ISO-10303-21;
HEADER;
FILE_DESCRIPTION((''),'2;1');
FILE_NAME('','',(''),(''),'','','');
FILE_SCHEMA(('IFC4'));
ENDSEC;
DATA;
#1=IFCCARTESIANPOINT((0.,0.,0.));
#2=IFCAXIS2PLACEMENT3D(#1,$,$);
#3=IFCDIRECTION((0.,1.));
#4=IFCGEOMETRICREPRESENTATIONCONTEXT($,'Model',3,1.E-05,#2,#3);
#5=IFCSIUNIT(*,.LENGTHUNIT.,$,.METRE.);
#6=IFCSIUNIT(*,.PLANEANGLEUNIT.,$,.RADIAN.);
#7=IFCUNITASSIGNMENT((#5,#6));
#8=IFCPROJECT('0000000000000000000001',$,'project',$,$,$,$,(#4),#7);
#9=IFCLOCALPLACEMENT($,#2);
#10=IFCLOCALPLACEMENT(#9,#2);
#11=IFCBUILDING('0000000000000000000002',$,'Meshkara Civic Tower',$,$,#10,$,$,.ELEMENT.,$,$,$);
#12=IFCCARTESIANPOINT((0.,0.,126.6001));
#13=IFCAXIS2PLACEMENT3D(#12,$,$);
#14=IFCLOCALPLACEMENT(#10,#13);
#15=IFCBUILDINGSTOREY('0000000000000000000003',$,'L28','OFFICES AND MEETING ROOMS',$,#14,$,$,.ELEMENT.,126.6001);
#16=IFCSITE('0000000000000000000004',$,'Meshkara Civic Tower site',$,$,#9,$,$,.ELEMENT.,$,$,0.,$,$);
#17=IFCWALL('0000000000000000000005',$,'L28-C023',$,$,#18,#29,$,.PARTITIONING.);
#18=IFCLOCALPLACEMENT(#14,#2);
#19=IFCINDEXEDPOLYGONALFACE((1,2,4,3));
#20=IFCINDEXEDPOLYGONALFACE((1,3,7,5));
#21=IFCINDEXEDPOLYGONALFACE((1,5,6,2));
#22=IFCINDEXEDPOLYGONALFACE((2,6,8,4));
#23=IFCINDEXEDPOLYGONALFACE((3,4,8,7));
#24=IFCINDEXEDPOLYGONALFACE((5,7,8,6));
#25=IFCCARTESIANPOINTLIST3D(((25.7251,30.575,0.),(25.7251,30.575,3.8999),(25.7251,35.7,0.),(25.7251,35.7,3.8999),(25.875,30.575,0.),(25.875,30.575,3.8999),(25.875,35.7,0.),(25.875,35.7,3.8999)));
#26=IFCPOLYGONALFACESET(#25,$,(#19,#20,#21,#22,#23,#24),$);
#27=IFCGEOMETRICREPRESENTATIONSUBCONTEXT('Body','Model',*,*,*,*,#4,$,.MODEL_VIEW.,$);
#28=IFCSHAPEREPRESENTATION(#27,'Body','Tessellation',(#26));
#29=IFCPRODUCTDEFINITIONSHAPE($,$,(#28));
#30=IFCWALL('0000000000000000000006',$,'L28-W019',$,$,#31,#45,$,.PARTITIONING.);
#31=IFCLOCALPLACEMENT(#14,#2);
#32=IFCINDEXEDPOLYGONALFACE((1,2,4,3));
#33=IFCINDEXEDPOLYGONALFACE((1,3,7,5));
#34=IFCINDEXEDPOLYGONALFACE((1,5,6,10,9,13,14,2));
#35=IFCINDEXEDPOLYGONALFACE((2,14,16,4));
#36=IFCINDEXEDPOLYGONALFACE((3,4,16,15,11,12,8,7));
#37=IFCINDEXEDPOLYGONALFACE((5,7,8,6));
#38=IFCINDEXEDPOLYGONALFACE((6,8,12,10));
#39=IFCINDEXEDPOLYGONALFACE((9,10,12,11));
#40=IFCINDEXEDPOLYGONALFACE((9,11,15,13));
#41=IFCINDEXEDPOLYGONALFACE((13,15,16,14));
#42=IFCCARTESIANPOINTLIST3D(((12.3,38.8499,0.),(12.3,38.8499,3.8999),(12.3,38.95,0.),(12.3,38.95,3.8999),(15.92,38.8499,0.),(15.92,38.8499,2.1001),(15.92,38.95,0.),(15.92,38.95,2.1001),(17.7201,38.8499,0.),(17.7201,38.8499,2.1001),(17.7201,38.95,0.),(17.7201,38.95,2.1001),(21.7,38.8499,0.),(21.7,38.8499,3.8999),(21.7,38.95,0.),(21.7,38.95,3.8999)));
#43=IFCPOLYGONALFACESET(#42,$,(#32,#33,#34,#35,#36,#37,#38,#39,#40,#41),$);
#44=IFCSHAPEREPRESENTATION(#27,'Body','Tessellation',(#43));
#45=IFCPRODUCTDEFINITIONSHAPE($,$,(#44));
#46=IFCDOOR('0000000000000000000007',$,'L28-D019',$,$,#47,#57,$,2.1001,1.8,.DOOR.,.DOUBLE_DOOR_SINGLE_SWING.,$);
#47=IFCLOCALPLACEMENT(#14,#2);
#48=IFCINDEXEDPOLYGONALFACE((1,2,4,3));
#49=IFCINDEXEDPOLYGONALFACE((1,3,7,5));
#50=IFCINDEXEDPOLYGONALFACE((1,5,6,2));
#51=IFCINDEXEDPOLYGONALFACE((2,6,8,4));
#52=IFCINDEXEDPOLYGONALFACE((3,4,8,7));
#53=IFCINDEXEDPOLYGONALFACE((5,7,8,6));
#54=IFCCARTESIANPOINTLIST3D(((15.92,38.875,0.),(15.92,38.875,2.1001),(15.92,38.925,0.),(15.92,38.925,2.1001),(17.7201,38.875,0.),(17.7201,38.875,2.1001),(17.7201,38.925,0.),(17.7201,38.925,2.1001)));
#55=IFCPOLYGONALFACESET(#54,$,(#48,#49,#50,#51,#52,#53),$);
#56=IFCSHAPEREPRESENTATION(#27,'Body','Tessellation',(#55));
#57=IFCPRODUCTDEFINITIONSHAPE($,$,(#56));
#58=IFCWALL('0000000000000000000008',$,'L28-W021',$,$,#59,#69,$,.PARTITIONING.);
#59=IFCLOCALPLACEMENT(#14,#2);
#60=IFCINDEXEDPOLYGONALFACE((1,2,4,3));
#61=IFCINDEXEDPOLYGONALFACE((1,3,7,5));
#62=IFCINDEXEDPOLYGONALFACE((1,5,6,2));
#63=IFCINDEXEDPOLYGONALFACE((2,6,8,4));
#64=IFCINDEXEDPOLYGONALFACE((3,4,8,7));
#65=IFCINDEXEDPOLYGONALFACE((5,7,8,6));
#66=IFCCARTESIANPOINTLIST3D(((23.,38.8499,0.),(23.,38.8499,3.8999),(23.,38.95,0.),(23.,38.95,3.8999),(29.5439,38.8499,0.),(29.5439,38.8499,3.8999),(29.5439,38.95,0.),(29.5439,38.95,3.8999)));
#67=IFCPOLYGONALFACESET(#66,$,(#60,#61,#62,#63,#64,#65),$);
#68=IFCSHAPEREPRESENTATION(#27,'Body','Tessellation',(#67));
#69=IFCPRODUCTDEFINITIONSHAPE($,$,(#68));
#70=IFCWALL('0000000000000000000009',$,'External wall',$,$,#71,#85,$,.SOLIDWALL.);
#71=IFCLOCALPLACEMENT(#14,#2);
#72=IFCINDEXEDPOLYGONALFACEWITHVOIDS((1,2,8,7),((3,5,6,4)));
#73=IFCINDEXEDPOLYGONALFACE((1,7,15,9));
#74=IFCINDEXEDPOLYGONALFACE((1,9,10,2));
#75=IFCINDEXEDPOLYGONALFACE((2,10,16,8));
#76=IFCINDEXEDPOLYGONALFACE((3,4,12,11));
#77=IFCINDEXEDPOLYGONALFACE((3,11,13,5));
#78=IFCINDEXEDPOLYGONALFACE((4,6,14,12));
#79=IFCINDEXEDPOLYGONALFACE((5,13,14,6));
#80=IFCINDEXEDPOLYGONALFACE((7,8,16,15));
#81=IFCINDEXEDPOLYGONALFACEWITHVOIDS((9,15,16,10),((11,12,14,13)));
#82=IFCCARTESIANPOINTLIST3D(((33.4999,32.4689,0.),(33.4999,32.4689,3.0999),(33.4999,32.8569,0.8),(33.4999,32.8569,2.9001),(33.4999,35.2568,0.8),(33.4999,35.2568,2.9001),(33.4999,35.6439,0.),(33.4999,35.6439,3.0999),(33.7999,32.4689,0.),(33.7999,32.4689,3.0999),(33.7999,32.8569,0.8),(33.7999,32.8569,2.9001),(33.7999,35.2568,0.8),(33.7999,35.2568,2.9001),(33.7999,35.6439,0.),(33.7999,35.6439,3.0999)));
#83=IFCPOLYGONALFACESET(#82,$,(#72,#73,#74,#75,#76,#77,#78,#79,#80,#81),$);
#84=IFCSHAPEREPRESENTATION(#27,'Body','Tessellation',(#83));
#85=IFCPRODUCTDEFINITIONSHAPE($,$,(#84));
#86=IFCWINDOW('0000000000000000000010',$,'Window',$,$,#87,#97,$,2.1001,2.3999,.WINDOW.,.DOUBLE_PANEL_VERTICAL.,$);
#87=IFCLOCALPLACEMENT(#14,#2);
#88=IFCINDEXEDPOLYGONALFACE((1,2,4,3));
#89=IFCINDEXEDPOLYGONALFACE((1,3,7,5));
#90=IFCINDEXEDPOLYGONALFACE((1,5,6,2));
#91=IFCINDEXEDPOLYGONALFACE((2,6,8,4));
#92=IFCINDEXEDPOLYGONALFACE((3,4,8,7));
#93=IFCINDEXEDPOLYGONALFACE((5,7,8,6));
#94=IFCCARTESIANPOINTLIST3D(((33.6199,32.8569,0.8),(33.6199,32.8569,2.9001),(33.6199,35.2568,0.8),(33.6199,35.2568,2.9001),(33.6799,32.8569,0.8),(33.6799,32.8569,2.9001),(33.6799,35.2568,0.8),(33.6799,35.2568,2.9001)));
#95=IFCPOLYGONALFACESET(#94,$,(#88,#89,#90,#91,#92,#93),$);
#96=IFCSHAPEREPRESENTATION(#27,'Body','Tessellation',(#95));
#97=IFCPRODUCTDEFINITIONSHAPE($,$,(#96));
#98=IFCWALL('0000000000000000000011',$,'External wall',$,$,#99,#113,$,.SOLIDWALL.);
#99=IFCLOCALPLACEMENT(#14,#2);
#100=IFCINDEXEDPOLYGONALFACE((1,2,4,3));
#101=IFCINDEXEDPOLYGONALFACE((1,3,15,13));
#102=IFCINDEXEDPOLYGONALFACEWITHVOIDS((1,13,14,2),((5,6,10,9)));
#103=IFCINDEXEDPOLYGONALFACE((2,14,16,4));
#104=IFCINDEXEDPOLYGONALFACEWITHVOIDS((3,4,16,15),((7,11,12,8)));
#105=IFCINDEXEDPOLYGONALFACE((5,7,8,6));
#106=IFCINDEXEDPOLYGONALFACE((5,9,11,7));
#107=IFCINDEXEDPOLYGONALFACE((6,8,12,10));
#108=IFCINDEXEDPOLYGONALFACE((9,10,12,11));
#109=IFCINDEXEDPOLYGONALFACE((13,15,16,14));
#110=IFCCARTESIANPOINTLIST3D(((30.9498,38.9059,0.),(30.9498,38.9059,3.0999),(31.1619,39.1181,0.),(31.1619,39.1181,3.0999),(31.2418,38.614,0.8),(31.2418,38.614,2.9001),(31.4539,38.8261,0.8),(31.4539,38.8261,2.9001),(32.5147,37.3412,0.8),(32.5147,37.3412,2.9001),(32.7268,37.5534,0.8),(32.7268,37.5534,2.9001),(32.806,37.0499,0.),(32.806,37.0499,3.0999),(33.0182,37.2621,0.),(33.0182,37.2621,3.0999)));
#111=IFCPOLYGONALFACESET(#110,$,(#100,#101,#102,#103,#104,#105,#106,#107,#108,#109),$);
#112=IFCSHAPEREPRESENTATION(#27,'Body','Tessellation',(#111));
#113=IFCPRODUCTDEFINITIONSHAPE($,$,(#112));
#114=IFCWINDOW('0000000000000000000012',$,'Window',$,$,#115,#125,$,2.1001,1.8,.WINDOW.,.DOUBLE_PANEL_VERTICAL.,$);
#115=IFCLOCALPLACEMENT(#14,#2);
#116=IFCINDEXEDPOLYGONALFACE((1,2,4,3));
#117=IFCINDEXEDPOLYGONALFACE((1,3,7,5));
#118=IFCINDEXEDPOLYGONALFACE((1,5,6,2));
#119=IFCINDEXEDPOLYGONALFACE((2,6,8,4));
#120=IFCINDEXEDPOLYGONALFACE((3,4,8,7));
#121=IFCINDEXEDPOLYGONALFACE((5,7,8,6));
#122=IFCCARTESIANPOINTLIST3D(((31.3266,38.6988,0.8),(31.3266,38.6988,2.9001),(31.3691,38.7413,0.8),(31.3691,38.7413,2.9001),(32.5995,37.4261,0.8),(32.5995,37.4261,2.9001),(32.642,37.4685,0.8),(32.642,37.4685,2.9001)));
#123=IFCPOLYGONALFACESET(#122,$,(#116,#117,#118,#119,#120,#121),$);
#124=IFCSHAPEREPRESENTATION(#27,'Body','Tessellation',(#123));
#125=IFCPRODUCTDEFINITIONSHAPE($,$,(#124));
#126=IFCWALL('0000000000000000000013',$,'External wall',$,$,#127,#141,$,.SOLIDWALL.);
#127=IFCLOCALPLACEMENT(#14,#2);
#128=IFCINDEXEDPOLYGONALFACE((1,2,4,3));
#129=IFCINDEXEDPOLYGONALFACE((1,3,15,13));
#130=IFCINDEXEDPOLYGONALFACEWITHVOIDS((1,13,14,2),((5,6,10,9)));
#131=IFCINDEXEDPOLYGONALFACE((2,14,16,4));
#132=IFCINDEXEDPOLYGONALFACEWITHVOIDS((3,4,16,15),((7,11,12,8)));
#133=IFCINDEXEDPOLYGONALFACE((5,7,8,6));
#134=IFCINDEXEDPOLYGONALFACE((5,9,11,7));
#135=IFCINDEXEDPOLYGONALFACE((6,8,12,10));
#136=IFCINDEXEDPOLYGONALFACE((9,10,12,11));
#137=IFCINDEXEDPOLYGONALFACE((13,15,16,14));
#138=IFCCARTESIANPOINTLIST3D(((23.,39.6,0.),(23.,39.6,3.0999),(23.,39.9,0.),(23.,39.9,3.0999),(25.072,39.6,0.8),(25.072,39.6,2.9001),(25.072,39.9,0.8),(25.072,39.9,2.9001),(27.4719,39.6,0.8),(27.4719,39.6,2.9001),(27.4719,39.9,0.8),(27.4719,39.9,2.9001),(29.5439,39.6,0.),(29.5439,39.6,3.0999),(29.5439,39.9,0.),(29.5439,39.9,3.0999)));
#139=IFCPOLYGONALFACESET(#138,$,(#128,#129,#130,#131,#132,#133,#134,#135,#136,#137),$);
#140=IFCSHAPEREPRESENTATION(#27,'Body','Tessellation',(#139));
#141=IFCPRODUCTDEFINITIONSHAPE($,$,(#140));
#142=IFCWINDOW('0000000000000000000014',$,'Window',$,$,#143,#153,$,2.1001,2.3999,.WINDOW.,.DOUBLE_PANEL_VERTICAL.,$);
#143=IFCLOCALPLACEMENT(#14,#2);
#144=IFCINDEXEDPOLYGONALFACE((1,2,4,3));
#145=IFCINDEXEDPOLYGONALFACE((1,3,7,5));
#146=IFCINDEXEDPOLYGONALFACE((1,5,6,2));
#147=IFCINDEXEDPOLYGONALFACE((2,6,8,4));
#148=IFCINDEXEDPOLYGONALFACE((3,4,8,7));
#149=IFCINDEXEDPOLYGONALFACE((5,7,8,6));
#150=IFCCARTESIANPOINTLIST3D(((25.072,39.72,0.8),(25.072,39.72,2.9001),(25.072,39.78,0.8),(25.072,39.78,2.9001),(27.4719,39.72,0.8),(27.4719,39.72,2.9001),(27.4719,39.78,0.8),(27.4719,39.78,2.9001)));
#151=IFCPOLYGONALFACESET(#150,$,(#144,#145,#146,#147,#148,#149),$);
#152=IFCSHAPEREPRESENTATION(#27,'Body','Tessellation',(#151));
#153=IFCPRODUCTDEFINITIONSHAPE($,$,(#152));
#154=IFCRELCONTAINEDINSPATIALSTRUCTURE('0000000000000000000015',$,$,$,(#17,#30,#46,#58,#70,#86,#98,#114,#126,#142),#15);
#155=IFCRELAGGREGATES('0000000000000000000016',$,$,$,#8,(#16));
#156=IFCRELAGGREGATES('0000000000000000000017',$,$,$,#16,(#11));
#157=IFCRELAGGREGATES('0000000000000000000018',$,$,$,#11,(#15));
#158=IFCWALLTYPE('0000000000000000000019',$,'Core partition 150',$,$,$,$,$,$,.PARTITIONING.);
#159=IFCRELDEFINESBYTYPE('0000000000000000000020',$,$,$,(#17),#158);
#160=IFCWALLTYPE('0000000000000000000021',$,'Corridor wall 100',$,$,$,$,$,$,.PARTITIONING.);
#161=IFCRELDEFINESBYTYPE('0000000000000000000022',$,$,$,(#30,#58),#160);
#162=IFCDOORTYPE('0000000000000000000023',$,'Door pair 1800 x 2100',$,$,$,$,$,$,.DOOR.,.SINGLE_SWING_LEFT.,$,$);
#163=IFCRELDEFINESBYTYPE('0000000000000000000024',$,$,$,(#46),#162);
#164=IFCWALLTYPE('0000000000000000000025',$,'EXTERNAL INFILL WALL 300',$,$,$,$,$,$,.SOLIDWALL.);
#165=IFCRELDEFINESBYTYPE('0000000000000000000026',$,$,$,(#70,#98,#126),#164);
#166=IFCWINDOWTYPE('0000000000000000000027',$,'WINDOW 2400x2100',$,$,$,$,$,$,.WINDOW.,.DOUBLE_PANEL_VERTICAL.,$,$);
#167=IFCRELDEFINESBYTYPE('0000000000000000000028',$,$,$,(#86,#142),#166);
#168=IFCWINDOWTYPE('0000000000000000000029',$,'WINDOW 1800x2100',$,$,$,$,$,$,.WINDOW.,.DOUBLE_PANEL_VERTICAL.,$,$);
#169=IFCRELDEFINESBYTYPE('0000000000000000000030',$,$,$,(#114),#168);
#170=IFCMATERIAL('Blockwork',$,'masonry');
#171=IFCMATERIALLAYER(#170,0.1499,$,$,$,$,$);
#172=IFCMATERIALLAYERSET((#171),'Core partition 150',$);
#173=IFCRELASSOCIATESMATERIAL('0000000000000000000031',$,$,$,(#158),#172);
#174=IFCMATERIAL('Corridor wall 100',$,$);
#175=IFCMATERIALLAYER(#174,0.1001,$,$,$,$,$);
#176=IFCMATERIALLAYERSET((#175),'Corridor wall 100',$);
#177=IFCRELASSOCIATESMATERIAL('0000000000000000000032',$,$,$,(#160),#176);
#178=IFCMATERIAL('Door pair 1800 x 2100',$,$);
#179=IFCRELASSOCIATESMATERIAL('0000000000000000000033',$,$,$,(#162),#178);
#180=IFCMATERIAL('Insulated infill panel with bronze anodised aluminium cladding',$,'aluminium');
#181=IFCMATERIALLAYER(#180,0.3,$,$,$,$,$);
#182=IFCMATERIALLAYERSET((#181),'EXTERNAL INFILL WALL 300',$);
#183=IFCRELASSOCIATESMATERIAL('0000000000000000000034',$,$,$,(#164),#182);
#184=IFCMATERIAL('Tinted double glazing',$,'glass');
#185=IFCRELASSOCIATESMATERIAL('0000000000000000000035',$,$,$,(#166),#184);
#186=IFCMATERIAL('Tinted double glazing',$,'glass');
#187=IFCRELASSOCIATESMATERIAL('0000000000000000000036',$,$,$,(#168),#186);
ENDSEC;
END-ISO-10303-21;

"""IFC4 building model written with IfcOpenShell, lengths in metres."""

from ifc_helpers import new_model, si_unit, direction, frame, frame_2d, origin, place, context, subcontext, project, spatial, rectangle, extrude, material, layer, layer_set, type_object, element, fill, save


model = new_model("IFC4")

# Units and contexts
model_context = context("Model", 3, precision=1e-05, world=origin(), true_north=direction((0.0, 1.0)))
body_context = subcontext(model_context, "Body", "Model", "MODEL_VIEW")
ifc_project = project(units=[si_unit("LENGTHUNIT", "METRE"), si_unit("PLANEANGLEUNIT", "RADIAN")], contexts=[model_context])

# Site, building, storey
site_placement = place(None, origin())
site = spatial("IfcSite", under=ifc_project, at=site_placement, Name="Meshkara Civic Tower site", CompositionType="ELEMENT", RefElevation=0.0)
building_placement = place(site_placement, origin())
building = spatial("IfcBuilding", under=site, at=building_placement, Name="Meshkara Civic Tower", CompositionType="ELEMENT")
storey_placement = place(building_placement, frame((0.0, 0.0, 126.6001)))
storey = spatial("IfcBuildingStorey", under=building, at=storey_placement, Name="L28", Description="OFFICES AND MEETING ROOMS", CompositionType="ELEMENT", Elevation=126.6001)

# Shared definitions
ifc_material_1 = material(Name="Blockwork", Category="masonry")
ifc_layer_1 = layer(ifc_material_1, 0.1499)
ifc_layer_set_1 = layer_set([ifc_layer_1], Name="Core partition 150")
wall_type_1 = type_object("IfcWallType", Name="Core partition 150", PredefinedType="PARTITIONING", material=ifc_layer_set_1)

# Wall
for number, where, z_axis, x_axis, name in (
    (1, (25.8, 30.575, 0.0), (0.0, 0.0, 1.0), (0.0, 1.0, 0.0), "L28-C023"),
):
    element("IfcWall", number, at=place(storey_placement, frame(where, z_axis=z_axis, x_axis=x_axis)), inside=storey, type_object=wall_type_1, Name=name, PredefinedType="PARTITIONING", context=body_context, shape_type="SweptSolid", body=[
        extrude(rectangle(XDim=5.125, YDim=0.1499, at=frame_2d((2.5625, 0.0))), origin(), (0.0, 0.0, 1.0), 3.8999),
    ])

# Wall, opening, door
ifc_material_2 = material(Name="Corridor wall 100")
ifc_layer_2 = layer(ifc_material_2, 0.1001)
ifc_layer_set_2 = layer_set([ifc_layer_2], Name="Corridor wall 100")
wall_type_2 = type_object("IfcWallType", Name="Corridor wall 100", PredefinedType="PARTITIONING", material=ifc_layer_set_2)
wall_1_placement = place(storey_placement, frame((21.7, 38.8999, 0.0), z_axis=(0.0, 0.0, 1.0), x_axis=(-1.0, 0.0, 0.0)))
wall_1 = element("IfcWall", 2, at=wall_1_placement, inside=storey, type_object=wall_type_2, Name="L28-W019", PredefinedType="PARTITIONING", context=body_context, shape_type="SweptSolid", body=[
    extrude(rectangle(XDim=9.3999, YDim=0.1001, at=frame_2d((4.7, 0.0))), origin(), (0.0, 0.0, 1.0), 3.8999),
])
opening_1_placement = place(wall_1_placement, frame((3.98, 0.0, 0.0)))
opening_1 = element("IfcOpeningElement", 3, at=opening_1_placement, cuts=wall_1, PredefinedType="OPENING", context=body_context, shape_type="SweptSolid", body=[
    extrude(rectangle(XDim=1.8, YDim=2.1001, at=frame_2d((0.8999, 1.05))), frame((0.0, 0.0601, 0.0), z_axis=(0.0, -1.0, 0.0), x_axis=(1.0, 0.0, 0.0)), (0.0, 0.0, 1.0), 0.1201),
])
ifc_material_3 = material(Name="Door pair 1800 x 2100")
door_type_1 = type_object("IfcDoorType", Name="Door pair 1800 x 2100", OperationType="SINGLE_SWING_LEFT", PredefinedType="DOOR", material=ifc_material_3)
door_1_placement = place(opening_1_placement, origin())
door_1 = element("IfcDoor", 4, at=door_1_placement, inside=storey, type_object=door_type_1, Name="L28-D019", OperationType="DOUBLE_DOOR_SINGLE_SWING", OverallHeight=2.1001, OverallWidth=1.8, PredefinedType="DOOR", context=body_context, shape_type="SweptSolid", body=[
    extrude(rectangle(XDim=1.8, YDim=2.1001, at=frame_2d((0.8999, 1.05))), frame((0.0, 0.0249, 0.0), z_axis=(0.0, -1.0, 0.0), x_axis=(1.0, 0.0, 0.0)), (0.0, 0.0, 1.0), 0.05),
])
fill(opening_1, door_1)

# Wall
wall_2_placement = place(storey_placement, frame((29.5439, 38.8999, 0.0), z_axis=(0.0, 0.0, 1.0), x_axis=(-1.0, 0.0, 0.0)))
element("IfcWall", 5, at=wall_2_placement, inside=storey, type_object=wall_type_2, Name="L28-W021", PredefinedType="PARTITIONING", context=body_context, shape_type="SweptSolid", body=[
    extrude(rectangle(XDim=6.5439, YDim=0.1001, at=frame_2d((3.272, 0.0))), origin(), (0.0, 0.0, 1.0), 3.8999),
])

# Walls, openings, windows
ifc_material_4 = material(Name="Insulated infill panel with bronze anodised aluminium cladding", Category="aluminium")
ifc_layer_3 = layer(ifc_material_4, 0.3)
ifc_layer_set_3 = layer_set([ifc_layer_3], Name="EXTERNAL INFILL WALL 300")
wall_type_3 = type_object("IfcWallType", Name="EXTERNAL INFILL WALL 300", PredefinedType="SOLIDWALL", material=ifc_layer_set_3)
wall_3_placement = place(storey_placement, frame((33.6499, 32.469, 0.0), z_axis=(0.0, 0.0, 1.0), x_axis=(0.0, 1.0, 0.0)))
wall_3 = element("IfcWall", 6, at=wall_3_placement, inside=storey, type_object=wall_type_3, Name="External wall", PredefinedType="SOLIDWALL", context=body_context, shape_type="SweptSolid", body=[
    extrude(rectangle(XDim=3.175, YDim=0.3, at=frame_2d((1.5874, 0.0))), origin(), (0.0, 0.0, 1.0), 3.0999),
])
opening_2_placement = place(wall_3_placement, frame((0.3879, 0.0, 0.8)))
opening_2 = element("IfcOpeningElement", 7, at=opening_2_placement, cuts=wall_3, PredefinedType="OPENING", context=body_context, shape_type="SweptSolid", body=[
    extrude(rectangle(XDim=2.3999, YDim=2.1001, at=frame_2d((1.2, 1.05))), frame((0.0, 0.1599, 0.0), z_axis=(0.0, -1.0, 0.0), x_axis=(1.0, 0.0, 0.0)), (0.0, 0.0, 1.0), 0.3201),
])
ifc_material_5 = material(Name="Tinted double glazing", Category="glass")
window_type_1 = type_object("IfcWindowType", Name="WINDOW 2400x2100", PartitioningType="DOUBLE_PANEL_VERTICAL", PredefinedType="WINDOW", material=ifc_material_5)
window_1_placement = place(opening_2_placement, origin())
window_1 = element("IfcWindow", 8, at=window_1_placement, inside=storey, type_object=window_type_1, Name="Window", OverallHeight=2.1001, OverallWidth=2.3999, PartitioningType="DOUBLE_PANEL_VERTICAL", PredefinedType="WINDOW", context=body_context, shape_type="SweptSolid", body=[
    extrude(rectangle(XDim=2.3999, YDim=2.1001, at=frame_2d((1.2, 1.05))), frame((0.0, 0.03, 0.0), z_axis=(0.0, -1.0, 0.0), x_axis=(1.0, 0.0, 0.0)), (0.0, 0.0, 1.0), 0.0601),
])
fill(opening_2, window_1)
wall_4_placement = place(storey_placement, frame((32.9121, 37.156, 0.0), z_axis=(0.0, 0.0, 1.0), x_axis=(-0.707153, 0.70706, 0.0)))
wall_4 = element("IfcWall", 9, at=wall_4_placement, inside=storey, type_object=wall_type_3, Name="External wall", PredefinedType="SOLIDWALL", context=body_context, shape_type="SweptSolid", body=[
    extrude(rectangle(XDim=2.625, YDim=0.3, at=frame_2d((1.3125, 0.0))), origin(), (0.0, 0.0, 1.0), 3.0999),
])
opening_3_placement = place(wall_4_placement, frame((0.4121, 0.0, 0.8)))
opening_3 = element("IfcOpeningElement", 10, at=opening_3_placement, cuts=wall_4, PredefinedType="OPENING", context=body_context, shape_type="SweptSolid", body=[
    extrude(rectangle(XDim=1.8, YDim=2.1001, at=frame_2d((0.8999, 1.05))), frame((0.0, 0.1599, 0.0), z_axis=(0.0, -1.0, 0.0), x_axis=(1.0, 0.0, 0.0)), (0.0, 0.0, 1.0), 0.3201),
])
ifc_material_6 = material(Name="Tinted double glazing", Category="glass")
window_type_2 = type_object("IfcWindowType", Name="WINDOW 1800x2100", PartitioningType="DOUBLE_PANEL_VERTICAL", PredefinedType="WINDOW", material=ifc_material_6)
window_2_placement = place(opening_3_placement, origin())
window_2 = element("IfcWindow", 11, at=window_2_placement, inside=storey, type_object=window_type_2, Name="Window", OverallHeight=2.1001, OverallWidth=1.8, PartitioningType="DOUBLE_PANEL_VERTICAL", PredefinedType="WINDOW", context=body_context, shape_type="SweptSolid", body=[
    extrude(rectangle(XDim=1.8, YDim=2.1001, at=frame_2d((0.8999, 1.05))), frame((0.0, 0.03, 0.0), z_axis=(0.0, -1.0, 0.0), x_axis=(1.0, 0.0, 0.0)), (0.0, 0.0, 1.0), 0.0601),
])
fill(opening_3, window_2)
wall_5_placement = place(storey_placement, frame((29.5439, 39.75, 0.0), z_axis=(0.0, 0.0, 1.0), x_axis=(-1.0, 0.0, 0.0)))
wall_5 = element("IfcWall", 12, at=wall_5_placement, inside=storey, type_object=wall_type_3, Name="External wall", PredefinedType="SOLIDWALL", context=body_context, shape_type="SweptSolid", body=[
    extrude(rectangle(XDim=6.5439, YDim=0.3, at=frame_2d((3.272, 0.0))), origin(), (0.0, 0.0, 1.0), 3.0999),
])
opening_4_placement = place(wall_5_placement, frame((2.072, 0.0, 0.8)))
opening_4 = element("IfcOpeningElement", 13, at=opening_4_placement, cuts=wall_5, PredefinedType="OPENING", context=body_context, shape_type="SweptSolid", body=[
    extrude(rectangle(XDim=2.3999, YDim=2.1001, at=frame_2d((1.2, 1.05))), frame((0.0, 0.1599, 0.0), z_axis=(0.0, -1.0, 0.0), x_axis=(1.0, 0.0, 0.0)), (0.0, 0.0, 1.0), 0.3201),
])
window_3_placement = place(opening_4_placement, origin())
window_3 = element("IfcWindow", 14, at=window_3_placement, inside=storey, type_object=window_type_1, Name="Window", OverallHeight=2.1001, OverallWidth=2.3999, PartitioningType="DOUBLE_PANEL_VERTICAL", PredefinedType="WINDOW", context=body_context, shape_type="SweptSolid", body=[
    extrude(rectangle(XDim=2.3999, YDim=2.1001, at=frame_2d((1.2, 1.05))), frame((0.0, 0.03, 0.0), z_axis=(0.0, -1.0, 0.0), x_axis=(1.0, 0.0, 0.0)), (0.0, 0.0, 1.0), 0.0601),
])
fill(opening_4, window_3)

save(model, "model.ifc")
